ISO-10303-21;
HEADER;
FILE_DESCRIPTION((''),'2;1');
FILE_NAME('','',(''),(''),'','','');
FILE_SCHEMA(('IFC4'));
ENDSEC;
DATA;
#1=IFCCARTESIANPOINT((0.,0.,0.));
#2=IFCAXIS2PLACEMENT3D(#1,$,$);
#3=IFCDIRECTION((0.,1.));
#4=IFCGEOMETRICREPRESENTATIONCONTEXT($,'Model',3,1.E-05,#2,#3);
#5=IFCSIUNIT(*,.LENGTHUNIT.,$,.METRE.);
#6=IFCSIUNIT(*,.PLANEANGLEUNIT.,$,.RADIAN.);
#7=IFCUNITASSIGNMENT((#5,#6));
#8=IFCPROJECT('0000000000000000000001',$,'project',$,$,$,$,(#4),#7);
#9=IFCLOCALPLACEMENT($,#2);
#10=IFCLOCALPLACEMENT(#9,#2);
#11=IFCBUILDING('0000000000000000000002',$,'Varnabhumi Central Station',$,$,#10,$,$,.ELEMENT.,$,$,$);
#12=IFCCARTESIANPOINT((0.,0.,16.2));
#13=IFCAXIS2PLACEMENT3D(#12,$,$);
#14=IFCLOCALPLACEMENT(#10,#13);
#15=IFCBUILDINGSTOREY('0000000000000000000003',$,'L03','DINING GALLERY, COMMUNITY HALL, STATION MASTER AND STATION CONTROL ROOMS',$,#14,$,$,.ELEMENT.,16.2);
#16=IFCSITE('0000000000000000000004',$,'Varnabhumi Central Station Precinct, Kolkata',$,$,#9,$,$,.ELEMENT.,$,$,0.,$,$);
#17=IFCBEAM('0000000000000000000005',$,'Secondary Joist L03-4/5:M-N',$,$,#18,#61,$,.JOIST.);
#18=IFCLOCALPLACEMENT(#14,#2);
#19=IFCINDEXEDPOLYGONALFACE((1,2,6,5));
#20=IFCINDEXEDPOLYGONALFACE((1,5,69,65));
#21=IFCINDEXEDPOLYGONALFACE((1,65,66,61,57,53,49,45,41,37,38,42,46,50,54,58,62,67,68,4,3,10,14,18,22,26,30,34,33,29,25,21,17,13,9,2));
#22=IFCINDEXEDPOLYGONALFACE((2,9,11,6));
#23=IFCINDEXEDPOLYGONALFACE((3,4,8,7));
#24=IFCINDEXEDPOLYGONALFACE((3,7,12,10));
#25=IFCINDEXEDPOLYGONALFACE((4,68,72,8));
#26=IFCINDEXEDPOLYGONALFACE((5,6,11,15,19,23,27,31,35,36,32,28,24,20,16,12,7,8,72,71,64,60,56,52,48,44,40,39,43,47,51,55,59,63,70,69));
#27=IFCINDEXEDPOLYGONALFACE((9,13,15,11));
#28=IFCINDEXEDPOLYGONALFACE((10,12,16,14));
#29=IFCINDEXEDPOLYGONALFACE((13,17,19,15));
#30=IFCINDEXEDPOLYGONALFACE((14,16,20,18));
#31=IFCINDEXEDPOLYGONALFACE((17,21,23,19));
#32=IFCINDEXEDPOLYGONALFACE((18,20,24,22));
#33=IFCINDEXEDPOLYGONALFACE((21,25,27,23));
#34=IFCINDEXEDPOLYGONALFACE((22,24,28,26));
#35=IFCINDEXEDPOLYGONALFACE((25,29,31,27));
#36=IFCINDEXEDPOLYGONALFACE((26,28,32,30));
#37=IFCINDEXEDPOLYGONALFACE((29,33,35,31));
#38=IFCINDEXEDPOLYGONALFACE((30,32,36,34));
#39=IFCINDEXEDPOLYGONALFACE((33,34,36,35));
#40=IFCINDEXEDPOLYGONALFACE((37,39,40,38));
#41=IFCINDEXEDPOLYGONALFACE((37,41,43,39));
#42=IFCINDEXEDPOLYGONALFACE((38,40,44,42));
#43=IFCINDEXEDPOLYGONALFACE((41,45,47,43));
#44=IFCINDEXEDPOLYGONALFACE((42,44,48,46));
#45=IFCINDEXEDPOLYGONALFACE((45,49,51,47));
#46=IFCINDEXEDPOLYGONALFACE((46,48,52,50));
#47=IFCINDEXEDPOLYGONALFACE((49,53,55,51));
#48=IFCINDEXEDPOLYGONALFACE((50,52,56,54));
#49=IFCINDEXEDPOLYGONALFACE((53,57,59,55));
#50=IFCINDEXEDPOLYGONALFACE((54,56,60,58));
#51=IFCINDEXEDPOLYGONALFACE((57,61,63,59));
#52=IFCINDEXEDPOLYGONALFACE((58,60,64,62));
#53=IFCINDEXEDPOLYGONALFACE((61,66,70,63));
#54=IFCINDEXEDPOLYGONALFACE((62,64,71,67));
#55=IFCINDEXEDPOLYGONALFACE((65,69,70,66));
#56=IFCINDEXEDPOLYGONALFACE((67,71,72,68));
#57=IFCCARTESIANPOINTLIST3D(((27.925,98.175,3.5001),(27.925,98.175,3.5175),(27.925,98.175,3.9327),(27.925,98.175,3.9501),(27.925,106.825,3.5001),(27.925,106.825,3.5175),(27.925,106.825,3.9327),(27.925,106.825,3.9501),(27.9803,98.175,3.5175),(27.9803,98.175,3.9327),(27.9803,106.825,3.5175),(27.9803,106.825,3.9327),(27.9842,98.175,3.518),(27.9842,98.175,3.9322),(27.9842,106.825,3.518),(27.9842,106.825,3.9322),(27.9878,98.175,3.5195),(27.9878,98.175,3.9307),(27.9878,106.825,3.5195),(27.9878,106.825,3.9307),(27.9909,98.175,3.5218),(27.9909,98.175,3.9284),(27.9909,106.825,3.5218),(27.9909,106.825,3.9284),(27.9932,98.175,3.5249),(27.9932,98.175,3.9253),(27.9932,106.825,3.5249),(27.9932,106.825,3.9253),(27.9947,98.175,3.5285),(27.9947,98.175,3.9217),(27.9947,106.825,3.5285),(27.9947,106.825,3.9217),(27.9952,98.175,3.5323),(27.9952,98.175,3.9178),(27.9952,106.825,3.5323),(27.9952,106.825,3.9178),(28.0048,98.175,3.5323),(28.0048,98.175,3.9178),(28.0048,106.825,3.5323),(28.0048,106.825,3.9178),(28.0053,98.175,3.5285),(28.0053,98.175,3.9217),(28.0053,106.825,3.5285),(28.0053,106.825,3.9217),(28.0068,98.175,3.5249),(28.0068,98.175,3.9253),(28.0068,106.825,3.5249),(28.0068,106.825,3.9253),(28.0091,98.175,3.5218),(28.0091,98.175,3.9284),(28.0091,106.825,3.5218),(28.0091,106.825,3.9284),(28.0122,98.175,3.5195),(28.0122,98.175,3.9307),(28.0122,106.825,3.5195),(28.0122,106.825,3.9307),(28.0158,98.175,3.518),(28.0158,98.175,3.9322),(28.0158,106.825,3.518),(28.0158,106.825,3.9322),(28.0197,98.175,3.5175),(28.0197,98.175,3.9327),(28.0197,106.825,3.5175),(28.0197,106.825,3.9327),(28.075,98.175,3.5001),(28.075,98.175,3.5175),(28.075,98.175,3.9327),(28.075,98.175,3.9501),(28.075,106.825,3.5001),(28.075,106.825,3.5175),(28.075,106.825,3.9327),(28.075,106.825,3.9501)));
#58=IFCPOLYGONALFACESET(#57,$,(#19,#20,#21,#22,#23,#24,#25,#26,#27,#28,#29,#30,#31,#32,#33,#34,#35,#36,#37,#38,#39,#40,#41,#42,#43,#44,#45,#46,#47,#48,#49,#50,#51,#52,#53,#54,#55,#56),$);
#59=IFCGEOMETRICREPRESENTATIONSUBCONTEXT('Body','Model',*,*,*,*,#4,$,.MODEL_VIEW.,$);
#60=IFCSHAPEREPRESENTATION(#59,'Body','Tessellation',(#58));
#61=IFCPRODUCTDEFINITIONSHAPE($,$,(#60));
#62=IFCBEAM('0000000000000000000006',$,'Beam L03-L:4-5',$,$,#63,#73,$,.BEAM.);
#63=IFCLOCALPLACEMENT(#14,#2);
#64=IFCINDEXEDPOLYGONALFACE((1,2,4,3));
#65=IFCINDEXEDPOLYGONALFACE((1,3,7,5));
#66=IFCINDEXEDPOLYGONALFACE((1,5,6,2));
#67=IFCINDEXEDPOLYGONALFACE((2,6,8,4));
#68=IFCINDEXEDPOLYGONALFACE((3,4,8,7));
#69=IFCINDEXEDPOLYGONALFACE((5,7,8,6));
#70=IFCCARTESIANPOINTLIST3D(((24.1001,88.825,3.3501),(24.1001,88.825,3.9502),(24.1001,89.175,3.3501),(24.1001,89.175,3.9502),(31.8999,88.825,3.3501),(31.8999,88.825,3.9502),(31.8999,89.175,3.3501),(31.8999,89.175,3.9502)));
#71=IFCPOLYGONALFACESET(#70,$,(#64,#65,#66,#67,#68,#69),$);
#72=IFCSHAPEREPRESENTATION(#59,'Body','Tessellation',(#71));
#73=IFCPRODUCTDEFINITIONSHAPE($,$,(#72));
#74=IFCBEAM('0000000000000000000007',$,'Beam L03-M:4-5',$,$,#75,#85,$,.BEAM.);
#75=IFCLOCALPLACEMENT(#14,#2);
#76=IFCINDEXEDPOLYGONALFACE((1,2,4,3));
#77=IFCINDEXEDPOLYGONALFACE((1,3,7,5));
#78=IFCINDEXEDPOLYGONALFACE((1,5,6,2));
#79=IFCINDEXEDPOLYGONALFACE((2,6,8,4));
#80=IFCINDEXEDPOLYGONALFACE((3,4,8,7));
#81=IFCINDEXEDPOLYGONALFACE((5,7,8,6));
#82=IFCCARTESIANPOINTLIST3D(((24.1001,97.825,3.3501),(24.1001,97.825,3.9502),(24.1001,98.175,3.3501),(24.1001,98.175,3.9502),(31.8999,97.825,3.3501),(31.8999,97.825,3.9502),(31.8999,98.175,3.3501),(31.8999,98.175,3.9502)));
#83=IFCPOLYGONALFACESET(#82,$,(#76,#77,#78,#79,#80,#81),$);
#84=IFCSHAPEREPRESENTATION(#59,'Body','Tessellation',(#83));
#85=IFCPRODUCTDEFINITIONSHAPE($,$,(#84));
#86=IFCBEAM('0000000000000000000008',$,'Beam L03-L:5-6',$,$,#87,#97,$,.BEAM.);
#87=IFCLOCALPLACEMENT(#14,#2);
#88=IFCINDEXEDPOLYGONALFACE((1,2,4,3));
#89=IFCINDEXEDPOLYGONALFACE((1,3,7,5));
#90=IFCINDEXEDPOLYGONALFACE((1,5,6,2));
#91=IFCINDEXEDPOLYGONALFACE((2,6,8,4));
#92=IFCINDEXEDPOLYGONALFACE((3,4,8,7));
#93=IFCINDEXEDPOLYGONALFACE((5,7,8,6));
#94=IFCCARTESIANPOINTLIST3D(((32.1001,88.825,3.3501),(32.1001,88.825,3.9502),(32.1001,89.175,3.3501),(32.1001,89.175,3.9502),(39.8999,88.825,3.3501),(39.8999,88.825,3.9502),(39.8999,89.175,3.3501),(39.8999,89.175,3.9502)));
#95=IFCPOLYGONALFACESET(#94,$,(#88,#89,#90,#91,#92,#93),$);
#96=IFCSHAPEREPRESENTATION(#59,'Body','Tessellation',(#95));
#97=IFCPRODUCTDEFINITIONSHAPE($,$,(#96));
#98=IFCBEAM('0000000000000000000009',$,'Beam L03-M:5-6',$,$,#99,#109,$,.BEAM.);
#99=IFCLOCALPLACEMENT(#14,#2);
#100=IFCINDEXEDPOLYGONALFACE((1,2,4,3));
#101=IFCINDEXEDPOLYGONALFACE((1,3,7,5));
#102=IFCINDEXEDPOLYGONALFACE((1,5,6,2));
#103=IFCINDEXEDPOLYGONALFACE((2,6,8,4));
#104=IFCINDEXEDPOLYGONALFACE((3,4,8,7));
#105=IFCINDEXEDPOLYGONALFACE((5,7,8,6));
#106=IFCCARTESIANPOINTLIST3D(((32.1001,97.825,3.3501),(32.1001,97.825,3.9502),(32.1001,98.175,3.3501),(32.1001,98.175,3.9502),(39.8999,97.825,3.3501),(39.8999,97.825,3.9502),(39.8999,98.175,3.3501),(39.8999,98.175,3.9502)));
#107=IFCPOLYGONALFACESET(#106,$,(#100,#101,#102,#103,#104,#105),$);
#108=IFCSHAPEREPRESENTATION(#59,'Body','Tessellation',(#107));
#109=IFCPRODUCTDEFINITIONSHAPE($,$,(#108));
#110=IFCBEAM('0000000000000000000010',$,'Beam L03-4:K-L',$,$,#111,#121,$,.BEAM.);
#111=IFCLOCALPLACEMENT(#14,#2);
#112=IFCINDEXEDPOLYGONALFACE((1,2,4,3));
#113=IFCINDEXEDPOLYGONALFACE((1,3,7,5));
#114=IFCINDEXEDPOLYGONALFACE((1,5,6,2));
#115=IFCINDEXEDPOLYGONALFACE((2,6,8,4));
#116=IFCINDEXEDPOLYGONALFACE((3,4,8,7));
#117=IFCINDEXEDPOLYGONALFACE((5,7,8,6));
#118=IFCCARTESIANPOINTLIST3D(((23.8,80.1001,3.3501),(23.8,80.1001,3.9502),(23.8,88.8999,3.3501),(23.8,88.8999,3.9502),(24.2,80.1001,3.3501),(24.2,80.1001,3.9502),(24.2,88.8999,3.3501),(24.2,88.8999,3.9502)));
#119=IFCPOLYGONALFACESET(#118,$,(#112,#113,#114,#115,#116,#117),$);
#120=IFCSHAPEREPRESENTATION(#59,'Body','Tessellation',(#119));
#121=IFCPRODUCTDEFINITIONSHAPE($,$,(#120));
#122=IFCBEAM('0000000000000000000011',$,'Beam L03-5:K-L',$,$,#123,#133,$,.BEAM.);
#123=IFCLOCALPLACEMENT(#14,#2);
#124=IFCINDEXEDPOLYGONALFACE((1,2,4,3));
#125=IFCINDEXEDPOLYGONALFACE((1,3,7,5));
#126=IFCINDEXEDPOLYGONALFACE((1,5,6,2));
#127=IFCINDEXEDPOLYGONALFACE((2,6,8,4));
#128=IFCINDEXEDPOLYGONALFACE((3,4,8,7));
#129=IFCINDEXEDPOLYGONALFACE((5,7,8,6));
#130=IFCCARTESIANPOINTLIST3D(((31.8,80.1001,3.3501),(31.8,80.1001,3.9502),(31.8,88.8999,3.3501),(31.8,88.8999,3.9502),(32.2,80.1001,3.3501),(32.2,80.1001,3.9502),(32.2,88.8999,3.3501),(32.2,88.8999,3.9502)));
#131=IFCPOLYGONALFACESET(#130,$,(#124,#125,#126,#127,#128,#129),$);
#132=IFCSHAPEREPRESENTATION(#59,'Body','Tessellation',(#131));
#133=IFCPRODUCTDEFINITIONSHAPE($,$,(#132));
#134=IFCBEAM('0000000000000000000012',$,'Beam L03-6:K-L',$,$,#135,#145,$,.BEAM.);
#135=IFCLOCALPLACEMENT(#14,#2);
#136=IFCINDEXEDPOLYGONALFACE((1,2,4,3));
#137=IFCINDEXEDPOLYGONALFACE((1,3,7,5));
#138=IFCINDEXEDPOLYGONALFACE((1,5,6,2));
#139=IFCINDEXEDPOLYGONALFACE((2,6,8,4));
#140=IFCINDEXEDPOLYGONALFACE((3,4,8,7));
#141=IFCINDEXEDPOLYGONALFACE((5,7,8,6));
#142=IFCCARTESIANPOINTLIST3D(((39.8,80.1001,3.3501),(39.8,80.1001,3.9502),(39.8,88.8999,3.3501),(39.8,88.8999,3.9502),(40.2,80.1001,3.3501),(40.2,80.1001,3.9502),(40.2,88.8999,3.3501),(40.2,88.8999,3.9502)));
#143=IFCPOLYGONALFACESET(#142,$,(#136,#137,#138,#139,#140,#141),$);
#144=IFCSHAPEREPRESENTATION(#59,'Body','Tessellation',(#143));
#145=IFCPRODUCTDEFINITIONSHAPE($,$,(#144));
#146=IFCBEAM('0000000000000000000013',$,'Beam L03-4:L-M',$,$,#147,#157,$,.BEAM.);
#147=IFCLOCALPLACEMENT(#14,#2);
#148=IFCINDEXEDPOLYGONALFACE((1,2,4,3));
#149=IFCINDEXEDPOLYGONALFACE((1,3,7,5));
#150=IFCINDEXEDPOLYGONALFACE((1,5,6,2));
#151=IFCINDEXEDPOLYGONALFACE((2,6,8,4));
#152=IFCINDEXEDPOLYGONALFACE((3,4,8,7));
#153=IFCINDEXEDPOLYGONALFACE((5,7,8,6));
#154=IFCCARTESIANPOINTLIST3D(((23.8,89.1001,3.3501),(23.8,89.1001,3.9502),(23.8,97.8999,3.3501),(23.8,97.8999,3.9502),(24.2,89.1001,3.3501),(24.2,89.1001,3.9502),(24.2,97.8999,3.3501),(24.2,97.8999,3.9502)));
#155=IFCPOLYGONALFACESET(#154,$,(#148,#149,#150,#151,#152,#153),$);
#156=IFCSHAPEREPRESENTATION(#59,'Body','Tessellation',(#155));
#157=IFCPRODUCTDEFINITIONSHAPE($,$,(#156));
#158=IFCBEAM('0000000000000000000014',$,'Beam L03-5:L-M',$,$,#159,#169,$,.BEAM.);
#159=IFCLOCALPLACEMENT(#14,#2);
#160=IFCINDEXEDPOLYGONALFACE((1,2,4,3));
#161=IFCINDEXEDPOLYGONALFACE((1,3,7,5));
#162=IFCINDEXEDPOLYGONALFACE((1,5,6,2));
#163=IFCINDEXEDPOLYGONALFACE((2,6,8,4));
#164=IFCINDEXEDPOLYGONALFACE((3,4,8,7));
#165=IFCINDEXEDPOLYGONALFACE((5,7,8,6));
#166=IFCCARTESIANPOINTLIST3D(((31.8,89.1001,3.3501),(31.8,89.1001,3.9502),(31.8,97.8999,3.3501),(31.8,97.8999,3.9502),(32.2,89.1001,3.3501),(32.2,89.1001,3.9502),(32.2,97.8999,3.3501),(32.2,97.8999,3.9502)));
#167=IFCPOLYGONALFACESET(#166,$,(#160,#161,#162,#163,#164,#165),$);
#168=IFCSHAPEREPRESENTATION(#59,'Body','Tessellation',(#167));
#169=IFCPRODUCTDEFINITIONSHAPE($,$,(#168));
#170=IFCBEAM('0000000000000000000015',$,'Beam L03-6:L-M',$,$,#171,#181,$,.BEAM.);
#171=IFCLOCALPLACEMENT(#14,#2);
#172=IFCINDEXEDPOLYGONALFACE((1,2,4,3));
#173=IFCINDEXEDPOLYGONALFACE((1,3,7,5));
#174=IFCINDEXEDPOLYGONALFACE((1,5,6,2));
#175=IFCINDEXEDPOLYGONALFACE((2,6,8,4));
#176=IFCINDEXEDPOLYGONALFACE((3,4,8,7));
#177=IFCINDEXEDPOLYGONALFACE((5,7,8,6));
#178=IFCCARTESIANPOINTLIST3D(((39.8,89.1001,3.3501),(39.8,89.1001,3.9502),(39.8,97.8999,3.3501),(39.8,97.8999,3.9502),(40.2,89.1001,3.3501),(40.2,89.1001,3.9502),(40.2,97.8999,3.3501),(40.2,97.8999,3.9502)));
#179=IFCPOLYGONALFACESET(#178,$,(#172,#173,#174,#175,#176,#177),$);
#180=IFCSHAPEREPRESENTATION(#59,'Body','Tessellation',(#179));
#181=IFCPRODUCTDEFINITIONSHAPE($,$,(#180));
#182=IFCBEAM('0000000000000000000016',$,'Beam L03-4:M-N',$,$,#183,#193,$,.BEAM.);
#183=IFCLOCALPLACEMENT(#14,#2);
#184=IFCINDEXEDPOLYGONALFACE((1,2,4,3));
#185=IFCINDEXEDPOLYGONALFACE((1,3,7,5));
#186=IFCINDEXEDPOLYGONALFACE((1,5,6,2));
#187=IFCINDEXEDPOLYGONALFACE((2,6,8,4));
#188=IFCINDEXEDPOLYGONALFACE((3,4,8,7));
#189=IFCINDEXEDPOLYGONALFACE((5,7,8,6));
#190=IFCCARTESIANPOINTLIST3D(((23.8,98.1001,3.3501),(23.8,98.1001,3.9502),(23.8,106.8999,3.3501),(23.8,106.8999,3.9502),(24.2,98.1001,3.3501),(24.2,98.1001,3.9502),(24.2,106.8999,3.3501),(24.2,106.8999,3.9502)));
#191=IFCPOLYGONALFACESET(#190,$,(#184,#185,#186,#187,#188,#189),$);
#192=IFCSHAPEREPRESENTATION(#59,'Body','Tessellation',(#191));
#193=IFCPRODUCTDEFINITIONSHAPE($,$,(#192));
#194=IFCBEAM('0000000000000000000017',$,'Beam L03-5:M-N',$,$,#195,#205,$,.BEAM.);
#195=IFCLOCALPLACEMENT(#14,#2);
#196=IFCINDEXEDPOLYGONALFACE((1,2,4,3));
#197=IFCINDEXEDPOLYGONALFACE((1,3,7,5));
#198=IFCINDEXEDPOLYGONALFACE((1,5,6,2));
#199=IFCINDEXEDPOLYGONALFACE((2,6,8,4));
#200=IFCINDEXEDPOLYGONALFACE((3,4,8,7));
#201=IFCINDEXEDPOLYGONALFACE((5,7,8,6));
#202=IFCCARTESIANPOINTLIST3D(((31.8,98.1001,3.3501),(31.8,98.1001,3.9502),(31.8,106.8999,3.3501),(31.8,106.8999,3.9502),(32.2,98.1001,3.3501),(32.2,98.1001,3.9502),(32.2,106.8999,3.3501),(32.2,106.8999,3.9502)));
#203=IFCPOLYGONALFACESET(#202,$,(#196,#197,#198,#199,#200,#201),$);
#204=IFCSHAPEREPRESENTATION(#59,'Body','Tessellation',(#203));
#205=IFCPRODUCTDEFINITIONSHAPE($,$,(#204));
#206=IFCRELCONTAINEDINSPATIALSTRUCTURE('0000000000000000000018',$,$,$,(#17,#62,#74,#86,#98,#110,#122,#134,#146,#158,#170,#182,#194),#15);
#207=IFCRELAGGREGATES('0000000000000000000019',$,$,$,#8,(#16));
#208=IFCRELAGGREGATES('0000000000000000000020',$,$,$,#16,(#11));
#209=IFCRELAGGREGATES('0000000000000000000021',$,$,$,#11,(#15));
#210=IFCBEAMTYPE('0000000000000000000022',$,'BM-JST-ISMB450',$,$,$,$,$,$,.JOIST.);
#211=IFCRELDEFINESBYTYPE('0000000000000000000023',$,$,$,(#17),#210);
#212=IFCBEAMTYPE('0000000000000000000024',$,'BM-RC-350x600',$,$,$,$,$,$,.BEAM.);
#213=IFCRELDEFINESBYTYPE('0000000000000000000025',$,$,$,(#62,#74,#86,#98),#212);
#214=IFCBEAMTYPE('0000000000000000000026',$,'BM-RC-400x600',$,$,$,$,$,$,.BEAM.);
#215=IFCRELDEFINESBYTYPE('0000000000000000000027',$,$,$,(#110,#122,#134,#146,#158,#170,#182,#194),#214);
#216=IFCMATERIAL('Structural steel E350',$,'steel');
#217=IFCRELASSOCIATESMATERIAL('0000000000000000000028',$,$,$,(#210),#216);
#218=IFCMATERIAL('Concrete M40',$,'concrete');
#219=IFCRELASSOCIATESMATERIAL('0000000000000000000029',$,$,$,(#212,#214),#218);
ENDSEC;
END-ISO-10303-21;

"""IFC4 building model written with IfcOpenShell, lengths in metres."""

from ifc_helpers import new_model, si_unit, direction, frame, origin, origin_2d, place, context, subcontext, project, spatial, rectangle, i_section, extrude, material, material_profile, profile_set, type_object, element, save


model = new_model("IFC4")

# Units and contexts
model_context = context("Model", 3, precision=1e-05, world=origin(), true_north=direction((0.0, 1.0)))
body_context = subcontext(model_context, "Body", "Model", "MODEL_VIEW")
ifc_project = project(units=[si_unit("LENGTHUNIT", "METRE"), si_unit("PLANEANGLEUNIT", "RADIAN")], contexts=[model_context])

# Site, building, storey
site_placement = place(None, origin())
site = spatial("IfcSite", under=ifc_project, at=site_placement, Name="Varnabhumi Central Station Precinct, Kolkata", CompositionType="ELEMENT", RefElevation=0.0)
building_placement = place(site_placement, origin())
building = spatial("IfcBuilding", under=site, at=building_placement, Name="Varnabhumi Central Station", CompositionType="ELEMENT")
storey_placement = place(building_placement, frame((0.0, 0.0, 16.2)))
storey = spatial("IfcBuildingStorey", under=building, at=storey_placement, Name="L03", Description="DINING GALLERY, COMMUNITY HALL, STATION MASTER AND STATION CONTROL ROOMS", CompositionType="ELEMENT", Elevation=16.2)

# Shared definitions
ifc_material_1 = material(Name="Concrete M40", Category="concrete")

# Beams
ifc_material_2 = material(Name="Structural steel E350", Category="steel")
ifc_material_profile_1 = material_profile(ifc_material_2, i_section(OverallWidth=0.1499, OverallDepth=0.45, WebThickness=0.0095, FlangeThickness=0.0173, FilletRadius=0.0149, at=origin_2d()), Name="Structural steel E350", Category="steel")
ifc_profile_set_1 = profile_set([ifc_material_profile_1], Name="Structural steel E350")
beam_type_1 = type_object("IfcBeamType", Name="BM-JST-ISMB450", PredefinedType="JOIST", material=ifc_profile_set_1)
for number, where, z_axis, x_axis, name in (
    (1, (28.0, 98.175, 3.7251), (0.0, 1.0, 0.0), (-1.0, 0.0, 0.0), "Secondary Joist L03-4/5:M-N"),
):
    element("IfcBeam", number, at=place(storey_placement, frame(where, z_axis=z_axis, x_axis=x_axis)), inside=storey, type_object=beam_type_1, Name=name, PredefinedType="JOIST", context=body_context, shape_type="SweptSolid", body=[
        extrude(i_section(OverallWidth=0.1499, OverallDepth=0.45, WebThickness=0.0095, FlangeThickness=0.0173, FilletRadius=0.0149, at=origin_2d()), origin(), (0.0, 0.0, 1.0), 8.6499),
    ])
ifc_material_profile_2 = material_profile(ifc_material_1, rectangle(XDim=0.3501, YDim=0.6001, at=origin_2d()), Name="Concrete M40", Category="concrete")
ifc_profile_set_2 = profile_set([ifc_material_profile_2], Name="Concrete M40")
beam_type_2 = type_object("IfcBeamType", Name="BM-RC-350x600", PredefinedType="BEAM", material=ifc_profile_set_2)
for number, where, z_axis, x_axis, name in (
    (2, (24.1001, 89.0, 3.6501), (1.0, 0.0, 0.0), (0.0, 1.0, 0.0), "Beam L03-L:4-5"),
    (3, (24.1001, 98.0, 3.6501), (1.0, 0.0, 0.0), (0.0, 1.0, 0.0), "Beam L03-M:4-5"),
    (4, (32.1001, 89.0, 3.6501), (1.0, 0.0, 0.0), (0.0, 1.0, 0.0), "Beam L03-L:5-6"),
    (5, (32.1001, 98.0, 3.6501), (1.0, 0.0, 0.0), (0.0, 1.0, 0.0), "Beam L03-M:5-6"),
):
    element("IfcBeam", number, at=place(storey_placement, frame(where, z_axis=z_axis, x_axis=x_axis)), inside=storey, type_object=beam_type_2, Name=name, PredefinedType="BEAM", context=body_context, shape_type="SweptSolid", body=[
        extrude(rectangle(XDim=0.3501, YDim=0.6001, at=origin_2d()), origin(), (0.0, 0.0, 1.0), 7.7998),
    ])
ifc_material_profile_3 = material_profile(ifc_material_1, rectangle(XDim=0.3999, YDim=0.6001, at=origin_2d()), Name="Concrete M40", Category="concrete")
ifc_profile_set_3 = profile_set([ifc_material_profile_3], Name="Concrete M40")
beam_type_3 = type_object("IfcBeamType", Name="BM-RC-400x600", PredefinedType="BEAM", material=ifc_profile_set_3)
for number, where, z_axis, x_axis, name in (
    (6, (24.0, 80.1001, 3.6501), (0.0, 1.0, 0.0), (-1.0, 0.0, 0.0), "Beam L03-4:K-L"),
    (7, (32.0, 80.1001, 3.6501), (0.0, 1.0, 0.0), (-1.0, 0.0, 0.0), "Beam L03-5:K-L"),
    (8, (40.0, 80.1001, 3.6501), (0.0, 1.0, 0.0), (-1.0, 0.0, 0.0), "Beam L03-6:K-L"),
    (9, (24.0, 89.1001, 3.6501), (0.0, 1.0, 0.0), (-1.0, 0.0, 0.0), "Beam L03-4:L-M"),
    (10, (32.0, 89.1001, 3.6501), (0.0, 1.0, 0.0), (-1.0, 0.0, 0.0), "Beam L03-5:L-M"),
    (11, (40.0, 89.1001, 3.6501), (0.0, 1.0, 0.0), (-1.0, 0.0, 0.0), "Beam L03-6:L-M"),
    (12, (24.0, 98.1001, 3.6501), (0.0, 1.0, 0.0), (-1.0, 0.0, 0.0), "Beam L03-4:M-N"),
    (13, (32.0, 98.1001, 3.6501), (0.0, 1.0, 0.0), (-1.0, 0.0, 0.0), "Beam L03-5:M-N"),
):
    element("IfcBeam", number, at=place(storey_placement, frame(where, z_axis=z_axis, x_axis=x_axis)), inside=storey, type_object=beam_type_3, Name=name, PredefinedType="BEAM", context=body_context, shape_type="SweptSolid", body=[
        extrude(rectangle(XDim=0.3999, YDim=0.6001, at=origin_2d()), origin(), (0.0, 0.0, 1.0), 8.7998),
    ])

save(model, "model.ifc")
